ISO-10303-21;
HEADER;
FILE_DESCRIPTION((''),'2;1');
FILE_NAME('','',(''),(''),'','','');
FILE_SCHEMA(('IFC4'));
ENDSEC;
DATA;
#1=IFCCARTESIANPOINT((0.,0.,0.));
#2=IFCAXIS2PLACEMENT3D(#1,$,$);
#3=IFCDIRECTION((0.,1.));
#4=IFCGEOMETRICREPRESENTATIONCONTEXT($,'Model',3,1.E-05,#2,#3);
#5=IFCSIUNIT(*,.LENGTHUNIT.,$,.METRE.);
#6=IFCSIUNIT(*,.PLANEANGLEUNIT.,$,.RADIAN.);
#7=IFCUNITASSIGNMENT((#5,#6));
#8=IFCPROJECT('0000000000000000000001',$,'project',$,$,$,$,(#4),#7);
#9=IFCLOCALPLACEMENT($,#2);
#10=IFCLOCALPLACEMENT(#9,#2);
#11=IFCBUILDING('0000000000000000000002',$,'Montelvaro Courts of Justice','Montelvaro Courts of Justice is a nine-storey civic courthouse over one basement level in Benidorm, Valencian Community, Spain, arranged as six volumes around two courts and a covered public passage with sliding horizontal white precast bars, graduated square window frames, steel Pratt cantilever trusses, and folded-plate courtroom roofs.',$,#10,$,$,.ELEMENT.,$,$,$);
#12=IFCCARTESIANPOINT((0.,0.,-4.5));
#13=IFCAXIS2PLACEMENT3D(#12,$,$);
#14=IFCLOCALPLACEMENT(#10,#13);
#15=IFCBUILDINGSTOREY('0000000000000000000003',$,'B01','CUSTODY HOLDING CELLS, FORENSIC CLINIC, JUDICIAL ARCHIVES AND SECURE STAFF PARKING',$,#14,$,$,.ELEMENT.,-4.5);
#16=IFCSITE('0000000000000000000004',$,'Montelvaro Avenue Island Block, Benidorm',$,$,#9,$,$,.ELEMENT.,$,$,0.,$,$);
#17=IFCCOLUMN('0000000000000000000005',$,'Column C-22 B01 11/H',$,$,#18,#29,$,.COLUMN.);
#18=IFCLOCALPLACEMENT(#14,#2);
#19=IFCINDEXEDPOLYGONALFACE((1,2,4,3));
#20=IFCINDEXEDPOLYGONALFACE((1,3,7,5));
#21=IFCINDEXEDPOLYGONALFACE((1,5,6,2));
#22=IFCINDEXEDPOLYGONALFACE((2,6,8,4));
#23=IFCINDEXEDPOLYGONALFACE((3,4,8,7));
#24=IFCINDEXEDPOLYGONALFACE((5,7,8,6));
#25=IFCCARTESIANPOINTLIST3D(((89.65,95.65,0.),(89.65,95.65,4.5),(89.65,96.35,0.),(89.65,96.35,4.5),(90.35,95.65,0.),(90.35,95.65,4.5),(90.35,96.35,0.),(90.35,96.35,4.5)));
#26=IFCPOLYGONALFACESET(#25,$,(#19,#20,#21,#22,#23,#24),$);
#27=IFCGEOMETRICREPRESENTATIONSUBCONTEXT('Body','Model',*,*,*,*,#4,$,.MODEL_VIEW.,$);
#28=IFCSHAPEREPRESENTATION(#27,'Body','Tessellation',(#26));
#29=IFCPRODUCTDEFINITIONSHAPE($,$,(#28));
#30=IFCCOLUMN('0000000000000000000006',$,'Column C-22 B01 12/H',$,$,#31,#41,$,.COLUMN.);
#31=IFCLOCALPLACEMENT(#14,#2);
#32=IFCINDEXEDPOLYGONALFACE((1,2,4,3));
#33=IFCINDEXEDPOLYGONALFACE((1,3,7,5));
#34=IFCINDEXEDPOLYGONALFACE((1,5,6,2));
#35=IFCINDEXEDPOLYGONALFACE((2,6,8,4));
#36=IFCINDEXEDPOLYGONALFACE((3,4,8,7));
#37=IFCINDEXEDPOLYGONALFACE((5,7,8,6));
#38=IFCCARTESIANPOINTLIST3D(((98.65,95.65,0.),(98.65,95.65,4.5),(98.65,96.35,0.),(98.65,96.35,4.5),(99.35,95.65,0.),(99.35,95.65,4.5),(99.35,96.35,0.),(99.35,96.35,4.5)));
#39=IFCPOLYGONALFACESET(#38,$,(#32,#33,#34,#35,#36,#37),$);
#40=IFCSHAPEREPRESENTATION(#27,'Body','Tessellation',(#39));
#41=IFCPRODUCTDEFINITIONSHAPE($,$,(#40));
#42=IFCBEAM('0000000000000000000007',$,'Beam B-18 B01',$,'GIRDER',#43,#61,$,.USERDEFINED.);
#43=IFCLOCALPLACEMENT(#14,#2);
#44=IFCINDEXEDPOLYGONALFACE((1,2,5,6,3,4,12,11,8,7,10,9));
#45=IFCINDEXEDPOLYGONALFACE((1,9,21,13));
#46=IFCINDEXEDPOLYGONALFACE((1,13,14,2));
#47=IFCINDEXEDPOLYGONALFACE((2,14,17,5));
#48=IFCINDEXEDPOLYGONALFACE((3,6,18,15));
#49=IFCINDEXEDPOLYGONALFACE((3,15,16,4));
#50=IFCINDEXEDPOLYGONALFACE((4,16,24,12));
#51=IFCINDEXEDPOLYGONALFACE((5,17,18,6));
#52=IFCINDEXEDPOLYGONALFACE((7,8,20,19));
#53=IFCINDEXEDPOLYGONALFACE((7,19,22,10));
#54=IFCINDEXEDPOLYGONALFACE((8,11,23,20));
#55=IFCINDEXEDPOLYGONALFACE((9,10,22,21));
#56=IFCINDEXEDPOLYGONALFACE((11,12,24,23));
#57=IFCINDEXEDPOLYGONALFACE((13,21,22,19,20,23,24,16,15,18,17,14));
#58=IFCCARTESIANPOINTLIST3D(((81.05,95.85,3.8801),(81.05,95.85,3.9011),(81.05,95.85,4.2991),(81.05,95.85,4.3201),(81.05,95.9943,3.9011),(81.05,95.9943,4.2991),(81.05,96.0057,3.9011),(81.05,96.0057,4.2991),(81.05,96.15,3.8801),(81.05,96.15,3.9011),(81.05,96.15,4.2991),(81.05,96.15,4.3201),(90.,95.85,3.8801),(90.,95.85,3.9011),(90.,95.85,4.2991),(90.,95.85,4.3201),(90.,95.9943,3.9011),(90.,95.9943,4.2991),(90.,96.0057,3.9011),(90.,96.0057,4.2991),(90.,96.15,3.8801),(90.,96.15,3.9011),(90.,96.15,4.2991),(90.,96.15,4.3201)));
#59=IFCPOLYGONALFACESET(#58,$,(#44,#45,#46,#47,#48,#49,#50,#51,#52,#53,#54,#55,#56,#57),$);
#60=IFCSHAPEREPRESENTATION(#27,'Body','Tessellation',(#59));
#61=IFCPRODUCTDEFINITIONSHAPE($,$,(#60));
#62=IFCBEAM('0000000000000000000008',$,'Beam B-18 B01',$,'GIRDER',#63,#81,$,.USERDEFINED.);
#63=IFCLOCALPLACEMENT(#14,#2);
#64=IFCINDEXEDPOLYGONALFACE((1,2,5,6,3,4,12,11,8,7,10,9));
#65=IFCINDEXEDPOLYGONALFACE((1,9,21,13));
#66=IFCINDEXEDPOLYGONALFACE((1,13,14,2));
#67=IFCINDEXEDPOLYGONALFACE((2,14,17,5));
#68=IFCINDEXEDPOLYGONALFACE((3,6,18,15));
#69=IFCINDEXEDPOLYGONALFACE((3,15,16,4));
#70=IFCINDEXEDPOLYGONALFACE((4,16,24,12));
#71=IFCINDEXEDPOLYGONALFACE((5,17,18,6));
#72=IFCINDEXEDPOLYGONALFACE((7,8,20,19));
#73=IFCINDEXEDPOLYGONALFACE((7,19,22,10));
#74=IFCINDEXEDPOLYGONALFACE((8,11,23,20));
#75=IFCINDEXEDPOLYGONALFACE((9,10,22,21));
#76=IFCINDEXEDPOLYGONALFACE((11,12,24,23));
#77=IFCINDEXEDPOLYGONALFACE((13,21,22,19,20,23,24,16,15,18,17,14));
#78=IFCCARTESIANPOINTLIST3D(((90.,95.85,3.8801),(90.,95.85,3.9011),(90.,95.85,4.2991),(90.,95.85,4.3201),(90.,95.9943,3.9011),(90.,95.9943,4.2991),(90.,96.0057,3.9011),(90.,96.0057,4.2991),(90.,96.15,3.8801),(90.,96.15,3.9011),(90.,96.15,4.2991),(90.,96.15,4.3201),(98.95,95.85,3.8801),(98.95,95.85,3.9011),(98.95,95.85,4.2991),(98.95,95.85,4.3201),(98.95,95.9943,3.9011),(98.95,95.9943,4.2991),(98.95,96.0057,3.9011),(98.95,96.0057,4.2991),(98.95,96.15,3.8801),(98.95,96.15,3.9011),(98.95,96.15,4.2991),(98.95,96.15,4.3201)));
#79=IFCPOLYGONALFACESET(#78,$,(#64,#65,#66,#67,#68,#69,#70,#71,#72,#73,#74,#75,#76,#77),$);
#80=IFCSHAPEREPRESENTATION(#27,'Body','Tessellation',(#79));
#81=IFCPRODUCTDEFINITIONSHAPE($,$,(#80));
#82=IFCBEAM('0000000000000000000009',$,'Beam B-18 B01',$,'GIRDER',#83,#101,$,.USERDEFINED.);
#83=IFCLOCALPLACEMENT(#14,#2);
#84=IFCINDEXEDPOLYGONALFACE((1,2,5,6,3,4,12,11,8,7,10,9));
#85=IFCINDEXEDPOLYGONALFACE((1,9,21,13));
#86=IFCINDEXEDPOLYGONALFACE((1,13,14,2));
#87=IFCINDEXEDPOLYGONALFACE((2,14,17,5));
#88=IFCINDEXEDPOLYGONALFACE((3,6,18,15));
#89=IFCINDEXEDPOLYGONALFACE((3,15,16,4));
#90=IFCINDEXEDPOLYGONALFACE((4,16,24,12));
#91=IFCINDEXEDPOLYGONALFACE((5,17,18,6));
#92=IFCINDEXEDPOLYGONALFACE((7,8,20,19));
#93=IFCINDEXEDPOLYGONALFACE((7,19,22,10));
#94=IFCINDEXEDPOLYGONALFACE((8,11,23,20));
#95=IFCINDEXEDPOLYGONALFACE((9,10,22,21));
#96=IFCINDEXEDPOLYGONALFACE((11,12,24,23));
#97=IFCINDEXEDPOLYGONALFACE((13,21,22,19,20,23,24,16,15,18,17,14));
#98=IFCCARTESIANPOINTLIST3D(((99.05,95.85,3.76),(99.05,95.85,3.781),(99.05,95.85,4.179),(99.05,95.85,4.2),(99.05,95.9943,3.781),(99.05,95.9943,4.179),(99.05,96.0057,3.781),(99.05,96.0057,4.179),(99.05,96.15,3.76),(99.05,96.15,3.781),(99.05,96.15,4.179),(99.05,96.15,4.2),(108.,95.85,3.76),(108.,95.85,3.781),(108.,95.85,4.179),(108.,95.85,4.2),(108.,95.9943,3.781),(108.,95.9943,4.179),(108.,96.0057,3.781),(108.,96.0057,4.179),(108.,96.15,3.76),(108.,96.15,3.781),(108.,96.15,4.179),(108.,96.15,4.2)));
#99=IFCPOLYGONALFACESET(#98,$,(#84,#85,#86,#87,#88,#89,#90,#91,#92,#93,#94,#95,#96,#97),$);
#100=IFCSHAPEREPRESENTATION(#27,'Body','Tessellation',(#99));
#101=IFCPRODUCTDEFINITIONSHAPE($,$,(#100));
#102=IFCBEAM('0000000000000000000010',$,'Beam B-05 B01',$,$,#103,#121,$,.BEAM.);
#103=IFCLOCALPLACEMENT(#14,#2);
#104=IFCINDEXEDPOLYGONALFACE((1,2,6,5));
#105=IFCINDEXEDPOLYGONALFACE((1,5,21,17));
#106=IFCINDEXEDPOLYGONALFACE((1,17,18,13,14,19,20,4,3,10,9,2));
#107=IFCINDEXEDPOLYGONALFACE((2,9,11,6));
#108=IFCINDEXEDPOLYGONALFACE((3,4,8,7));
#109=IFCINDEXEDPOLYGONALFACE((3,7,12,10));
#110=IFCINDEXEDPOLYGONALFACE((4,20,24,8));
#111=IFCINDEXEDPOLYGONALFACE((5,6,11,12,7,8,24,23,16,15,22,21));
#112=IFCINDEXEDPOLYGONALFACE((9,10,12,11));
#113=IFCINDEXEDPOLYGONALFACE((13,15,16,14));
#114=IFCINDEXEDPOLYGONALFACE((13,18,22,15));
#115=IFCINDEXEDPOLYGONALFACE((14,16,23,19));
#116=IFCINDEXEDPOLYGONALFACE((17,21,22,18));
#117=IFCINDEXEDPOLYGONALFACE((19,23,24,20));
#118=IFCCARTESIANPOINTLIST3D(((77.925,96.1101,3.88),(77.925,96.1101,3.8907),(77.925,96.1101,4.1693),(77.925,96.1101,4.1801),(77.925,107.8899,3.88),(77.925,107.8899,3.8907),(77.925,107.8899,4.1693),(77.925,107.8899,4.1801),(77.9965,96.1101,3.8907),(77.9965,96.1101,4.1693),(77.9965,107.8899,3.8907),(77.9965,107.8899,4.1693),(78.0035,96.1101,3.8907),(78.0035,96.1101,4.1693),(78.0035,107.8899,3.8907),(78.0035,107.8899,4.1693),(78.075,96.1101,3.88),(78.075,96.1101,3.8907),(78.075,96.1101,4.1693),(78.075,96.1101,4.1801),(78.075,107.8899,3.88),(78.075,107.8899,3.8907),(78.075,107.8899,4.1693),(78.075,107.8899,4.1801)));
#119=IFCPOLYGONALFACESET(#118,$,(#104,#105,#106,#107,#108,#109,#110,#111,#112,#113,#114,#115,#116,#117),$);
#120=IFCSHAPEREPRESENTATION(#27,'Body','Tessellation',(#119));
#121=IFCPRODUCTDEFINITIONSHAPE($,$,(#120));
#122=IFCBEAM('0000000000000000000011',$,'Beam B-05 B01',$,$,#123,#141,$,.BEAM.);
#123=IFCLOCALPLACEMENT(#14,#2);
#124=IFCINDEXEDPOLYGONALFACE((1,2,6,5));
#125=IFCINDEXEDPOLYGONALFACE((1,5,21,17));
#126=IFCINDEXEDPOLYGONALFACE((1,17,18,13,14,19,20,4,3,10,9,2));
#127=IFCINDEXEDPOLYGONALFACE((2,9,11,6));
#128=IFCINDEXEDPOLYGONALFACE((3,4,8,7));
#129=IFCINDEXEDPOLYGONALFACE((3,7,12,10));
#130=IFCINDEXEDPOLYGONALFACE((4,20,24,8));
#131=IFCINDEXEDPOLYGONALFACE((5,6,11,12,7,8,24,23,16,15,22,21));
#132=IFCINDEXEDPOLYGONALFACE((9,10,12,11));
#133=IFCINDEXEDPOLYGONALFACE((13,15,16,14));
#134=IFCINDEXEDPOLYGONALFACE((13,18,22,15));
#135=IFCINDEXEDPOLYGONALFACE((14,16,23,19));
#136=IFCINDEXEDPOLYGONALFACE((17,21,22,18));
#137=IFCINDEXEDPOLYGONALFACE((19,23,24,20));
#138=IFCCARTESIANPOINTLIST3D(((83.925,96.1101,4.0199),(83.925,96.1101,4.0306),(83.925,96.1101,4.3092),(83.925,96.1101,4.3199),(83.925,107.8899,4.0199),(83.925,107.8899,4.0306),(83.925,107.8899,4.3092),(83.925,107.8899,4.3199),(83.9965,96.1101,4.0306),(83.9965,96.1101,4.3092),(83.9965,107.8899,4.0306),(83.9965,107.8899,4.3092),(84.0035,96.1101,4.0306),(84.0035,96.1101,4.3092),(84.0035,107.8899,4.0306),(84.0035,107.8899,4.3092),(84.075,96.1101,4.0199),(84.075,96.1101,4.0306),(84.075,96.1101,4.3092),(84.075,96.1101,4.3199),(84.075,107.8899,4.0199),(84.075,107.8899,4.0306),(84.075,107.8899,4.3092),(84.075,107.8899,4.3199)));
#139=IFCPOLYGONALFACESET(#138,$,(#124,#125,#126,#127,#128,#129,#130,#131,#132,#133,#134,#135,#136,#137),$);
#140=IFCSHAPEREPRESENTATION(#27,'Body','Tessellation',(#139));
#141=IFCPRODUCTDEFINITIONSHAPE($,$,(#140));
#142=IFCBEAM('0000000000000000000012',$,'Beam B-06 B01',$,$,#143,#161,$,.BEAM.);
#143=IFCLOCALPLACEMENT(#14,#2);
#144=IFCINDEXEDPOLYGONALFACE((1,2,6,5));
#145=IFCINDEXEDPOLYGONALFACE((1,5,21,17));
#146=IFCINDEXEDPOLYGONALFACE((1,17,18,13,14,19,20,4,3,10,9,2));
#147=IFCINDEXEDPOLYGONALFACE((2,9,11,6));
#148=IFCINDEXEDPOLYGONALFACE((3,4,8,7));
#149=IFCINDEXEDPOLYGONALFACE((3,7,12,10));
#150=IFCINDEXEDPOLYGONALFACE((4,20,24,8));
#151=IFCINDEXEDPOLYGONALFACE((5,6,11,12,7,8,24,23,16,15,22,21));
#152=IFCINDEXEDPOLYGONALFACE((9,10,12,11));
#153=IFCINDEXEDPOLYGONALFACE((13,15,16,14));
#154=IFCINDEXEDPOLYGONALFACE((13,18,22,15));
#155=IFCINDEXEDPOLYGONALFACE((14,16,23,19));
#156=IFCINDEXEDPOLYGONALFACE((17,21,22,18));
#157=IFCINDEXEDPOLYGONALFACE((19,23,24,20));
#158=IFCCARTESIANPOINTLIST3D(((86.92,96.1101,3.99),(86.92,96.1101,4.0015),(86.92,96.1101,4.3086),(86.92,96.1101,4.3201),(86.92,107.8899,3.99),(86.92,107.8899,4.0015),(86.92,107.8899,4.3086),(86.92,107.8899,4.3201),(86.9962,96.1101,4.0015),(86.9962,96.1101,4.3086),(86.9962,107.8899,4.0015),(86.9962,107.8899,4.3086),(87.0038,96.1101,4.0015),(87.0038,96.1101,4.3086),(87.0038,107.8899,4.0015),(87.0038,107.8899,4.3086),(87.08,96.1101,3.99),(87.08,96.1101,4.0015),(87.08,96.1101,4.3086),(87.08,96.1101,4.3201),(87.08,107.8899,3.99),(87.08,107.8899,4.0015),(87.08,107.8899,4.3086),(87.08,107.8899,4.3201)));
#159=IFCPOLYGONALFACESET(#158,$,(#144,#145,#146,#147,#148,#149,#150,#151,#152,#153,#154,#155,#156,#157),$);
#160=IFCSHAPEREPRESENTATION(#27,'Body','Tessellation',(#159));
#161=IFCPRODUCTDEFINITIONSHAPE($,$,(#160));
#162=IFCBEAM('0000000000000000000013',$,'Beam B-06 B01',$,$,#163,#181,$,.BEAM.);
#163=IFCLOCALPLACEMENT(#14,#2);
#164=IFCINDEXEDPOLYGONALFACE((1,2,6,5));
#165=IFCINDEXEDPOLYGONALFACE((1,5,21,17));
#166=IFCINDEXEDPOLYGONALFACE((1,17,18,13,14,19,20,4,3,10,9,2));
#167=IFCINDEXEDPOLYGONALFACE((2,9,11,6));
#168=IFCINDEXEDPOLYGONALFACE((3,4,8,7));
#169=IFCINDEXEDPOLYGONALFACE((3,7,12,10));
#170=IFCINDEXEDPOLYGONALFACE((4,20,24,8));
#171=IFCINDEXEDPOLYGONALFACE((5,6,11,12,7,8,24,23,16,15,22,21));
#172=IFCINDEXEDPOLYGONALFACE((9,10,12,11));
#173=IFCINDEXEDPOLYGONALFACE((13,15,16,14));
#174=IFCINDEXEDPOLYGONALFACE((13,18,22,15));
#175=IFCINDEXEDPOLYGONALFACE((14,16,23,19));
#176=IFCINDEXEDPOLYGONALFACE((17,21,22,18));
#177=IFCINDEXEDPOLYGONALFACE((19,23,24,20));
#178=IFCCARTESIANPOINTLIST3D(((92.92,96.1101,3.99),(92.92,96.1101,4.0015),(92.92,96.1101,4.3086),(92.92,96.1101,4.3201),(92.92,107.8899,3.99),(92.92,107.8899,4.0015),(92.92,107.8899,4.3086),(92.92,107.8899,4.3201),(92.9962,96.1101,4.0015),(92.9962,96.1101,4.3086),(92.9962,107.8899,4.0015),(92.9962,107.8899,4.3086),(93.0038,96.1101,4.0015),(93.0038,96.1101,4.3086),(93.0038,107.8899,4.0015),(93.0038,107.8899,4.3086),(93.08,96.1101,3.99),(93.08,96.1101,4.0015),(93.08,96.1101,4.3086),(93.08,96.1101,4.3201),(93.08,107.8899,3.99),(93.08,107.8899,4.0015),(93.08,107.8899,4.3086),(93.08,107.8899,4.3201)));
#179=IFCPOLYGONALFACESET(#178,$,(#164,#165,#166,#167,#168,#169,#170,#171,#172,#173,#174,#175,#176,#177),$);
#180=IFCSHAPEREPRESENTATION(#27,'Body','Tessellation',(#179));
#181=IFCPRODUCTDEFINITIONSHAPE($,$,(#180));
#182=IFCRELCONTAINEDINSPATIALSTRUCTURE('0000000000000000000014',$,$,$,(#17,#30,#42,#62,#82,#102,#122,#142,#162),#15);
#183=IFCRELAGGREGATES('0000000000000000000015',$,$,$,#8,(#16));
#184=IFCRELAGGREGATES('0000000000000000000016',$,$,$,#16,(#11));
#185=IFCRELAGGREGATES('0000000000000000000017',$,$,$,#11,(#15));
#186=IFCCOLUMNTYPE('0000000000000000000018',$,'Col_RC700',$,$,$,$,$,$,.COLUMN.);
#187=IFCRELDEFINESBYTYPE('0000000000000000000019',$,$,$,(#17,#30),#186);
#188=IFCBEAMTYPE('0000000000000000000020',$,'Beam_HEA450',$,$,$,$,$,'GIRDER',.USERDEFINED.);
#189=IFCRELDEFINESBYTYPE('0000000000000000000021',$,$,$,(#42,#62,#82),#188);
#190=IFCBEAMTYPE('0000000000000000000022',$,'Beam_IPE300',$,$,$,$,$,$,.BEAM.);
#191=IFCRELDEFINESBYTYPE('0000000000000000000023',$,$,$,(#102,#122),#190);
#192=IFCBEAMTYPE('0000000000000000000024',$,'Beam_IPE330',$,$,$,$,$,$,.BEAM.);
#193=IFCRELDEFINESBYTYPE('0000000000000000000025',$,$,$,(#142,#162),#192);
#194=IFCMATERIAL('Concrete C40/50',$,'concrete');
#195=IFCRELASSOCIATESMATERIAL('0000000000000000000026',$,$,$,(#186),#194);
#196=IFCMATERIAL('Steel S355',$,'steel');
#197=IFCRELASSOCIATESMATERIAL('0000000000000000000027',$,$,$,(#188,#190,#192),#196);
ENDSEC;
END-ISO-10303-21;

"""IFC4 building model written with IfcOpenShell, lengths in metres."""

from ifc_helpers import new_model, si_unit, direction, frame, origin, origin_2d, place, context, subcontext, project, spatial, rectangle, i_section, extrude, material, material_profile, profile_set, type_object, element, save


model = new_model("IFC4")

# Units and contexts
model_context = context("Model", 3, precision=1e-05, world=origin(), true_north=direction((0.0, 1.0)))
body_context = subcontext(model_context, "Body", "Model", "MODEL_VIEW")
ifc_project = project(units=[si_unit("LENGTHUNIT", "METRE"), si_unit("PLANEANGLEUNIT", "RADIAN")], contexts=[model_context])

# Site, building, storey
site_placement = place(None, origin())
site = spatial("IfcSite", under=ifc_project, at=site_placement, Name="Montelvaro Avenue Island Block, Benidorm", CompositionType="ELEMENT", RefElevation=0.0)
building_placement = place(site_placement, origin())
building = spatial("IfcBuilding", under=site, at=building_placement, Name="Montelvaro Courts of Justice", Description="Montelvaro Courts of Justice is a nine-storey civic courthouse over one basement level in Benidorm, Valencian Community, Spain, arranged as six volumes around two courts and a covered public passage with sliding horizontal white precast bars, graduated square window frames, steel Pratt cantilever trusses, and folded-plate courtroom roofs.", CompositionType="ELEMENT")
storey_placement = place(building_placement, frame((0.0, 0.0, -4.5)))
storey = spatial("IfcBuildingStorey", under=building, at=storey_placement, Name="B01", Description="CUSTODY HOLDING CELLS, FORENSIC CLINIC, JUDICIAL ARCHIVES AND SECURE STAFF PARKING", CompositionType="ELEMENT", Elevation=-4.5)

# Columns
ifc_material_1 = material(Name="Concrete C40/50", Category="concrete")
ifc_material_profile_1 = material_profile(ifc_material_1, rectangle(XDim=0.7, YDim=0.7, at=origin_2d()), Name="RC 700x700")
ifc_profile_set_1 = profile_set([ifc_material_profile_1], Name="Concrete C40/50")
column_type = type_object("IfcColumnType", Name="Col_RC700", PredefinedType="COLUMN", material=ifc_profile_set_1)
for number, where, z_axis, x_axis, name in (
    (1, (90.0, 96.0, 0.0), (0.0, 0.0, 1.0), (1.0, 0.0, 0.0), "Column C-22 B01 11/H"),
    (2, (99.0, 96.0, 0.0), (0.0, 0.0, 1.0), (1.0, 0.0, 0.0), "Column C-22 B01 12/H"),
):
    element("IfcColumn", number, at=place(storey_placement, frame(where, z_axis=z_axis, x_axis=x_axis)), inside=storey, type_object=column_type, Name=name, PredefinedType="COLUMN", context=body_context, shape_type="SweptSolid", body=[
        extrude(rectangle(XDim=0.7, YDim=0.7, at=origin_2d()), origin(), (0.0, 0.0, 1.0), 4.5),
    ])

# Beams
ifc_material_2 = material(Name="Steel S355", Category="steel")
ifc_material_profile_2 = material_profile(ifc_material_2, i_section(OverallWidth=0.3, OverallDepth=0.4399, WebThickness=0.0115, FlangeThickness=0.021, at=origin_2d()), Name="HEA 450")
ifc_profile_set_2 = profile_set([ifc_material_profile_2], Name="Steel S355")
beam_type_1 = type_object("IfcBeamType", Name="Beam_HEA450", ElementType="GIRDER", PredefinedType="USERDEFINED", material=ifc_profile_set_2)
for number, where, z_axis, x_axis, name in (
    (3, (81.05, 96.0, 4.1001), (1.0, 0.0, 0.0), (0.0, 1.0, 0.0), "Beam B-18 B01"),
    (4, (90.0, 96.0, 4.1001), (1.0, 0.0, 0.0), (0.0, 1.0, 0.0), "Beam B-18 B01"),
    (5, (99.05, 96.0, 3.98), (1.0, 0.0, 0.0), (0.0, 1.0, 0.0), "Beam B-18 B01"),
):
    element("IfcBeam", number, at=place(storey_placement, frame(where, z_axis=z_axis, x_axis=x_axis)), inside=storey, type_object=beam_type_1, Name=name, ObjectType="GIRDER", PredefinedType="USERDEFINED", context=body_context, shape_type="SweptSolid", body=[
        extrude(i_section(OverallWidth=0.3, OverallDepth=0.4399, WebThickness=0.0115, FlangeThickness=0.021, at=origin_2d()), origin(), (0.0, 0.0, 1.0), 8.95),
    ])
ifc_material_profile_3 = material_profile(ifc_material_2, i_section(OverallWidth=0.1499, OverallDepth=0.3, WebThickness=0.0071, FlangeThickness=0.0107, at=origin_2d()), Name="IPE 300")
ifc_profile_set_3 = profile_set([ifc_material_profile_3], Name="Steel S355")
beam_type_2 = type_object("IfcBeamType", Name="Beam_IPE300", PredefinedType="BEAM", material=ifc_profile_set_3)
for number, where, z_axis, x_axis, name in (
    (6, (78.0, 96.1101, 4.03), (0.0, 1.0, 0.0), (-1.0, 0.0, 0.0), "Beam B-05 B01"),
    (7, (84.0, 96.1101, 4.1699), (0.0, 1.0, 0.0), (-1.0, 0.0, 0.0), "Beam B-05 B01"),
):
    element("IfcBeam", number, at=place(storey_placement, frame(where, z_axis=z_axis, x_axis=x_axis)), inside=storey, type_object=beam_type_2, Name=name, PredefinedType="BEAM", context=body_context, shape_type="SweptSolid", body=[
        extrude(i_section(OverallWidth=0.1499, OverallDepth=0.3, WebThickness=0.0071, FlangeThickness=0.0107, at=origin_2d()), origin(), (0.0, 0.0, 1.0), 11.7798),
    ])
ifc_material_profile_4 = material_profile(ifc_material_2, i_section(OverallWidth=0.1599, OverallDepth=0.3301, WebThickness=0.0076, FlangeThickness=0.0115, at=origin_2d()), Name="IPE 330")
ifc_profile_set_4 = profile_set([ifc_material_profile_4], Name="Steel S355")
beam_type_3 = type_object("IfcBeamType", Name="Beam_IPE330", PredefinedType="BEAM", material=ifc_profile_set_4)
for number, where, z_axis, x_axis, name in (
    (8, (87.0, 96.1101, 4.155), (0.0, 1.0, 0.0), (-1.0, 0.0, 0.0), "Beam B-06 B01"),
    (9, (93.0, 96.1101, 4.155), (0.0, 1.0, 0.0), (-1.0, 0.0, 0.0), "Beam B-06 B01"),
):
    element("IfcBeam", number, at=place(storey_placement, frame(where, z_axis=z_axis, x_axis=x_axis)), inside=storey, type_object=beam_type_3, Name=name, PredefinedType="BEAM", context=body_context, shape_type="SweptSolid", body=[
        extrude(i_section(OverallWidth=0.1599, OverallDepth=0.3301, WebThickness=0.0076, FlangeThickness=0.0115, at=origin_2d()), origin(), (0.0, 0.0, 1.0), 11.7798),
    ])

save(model, "model.ifc")
